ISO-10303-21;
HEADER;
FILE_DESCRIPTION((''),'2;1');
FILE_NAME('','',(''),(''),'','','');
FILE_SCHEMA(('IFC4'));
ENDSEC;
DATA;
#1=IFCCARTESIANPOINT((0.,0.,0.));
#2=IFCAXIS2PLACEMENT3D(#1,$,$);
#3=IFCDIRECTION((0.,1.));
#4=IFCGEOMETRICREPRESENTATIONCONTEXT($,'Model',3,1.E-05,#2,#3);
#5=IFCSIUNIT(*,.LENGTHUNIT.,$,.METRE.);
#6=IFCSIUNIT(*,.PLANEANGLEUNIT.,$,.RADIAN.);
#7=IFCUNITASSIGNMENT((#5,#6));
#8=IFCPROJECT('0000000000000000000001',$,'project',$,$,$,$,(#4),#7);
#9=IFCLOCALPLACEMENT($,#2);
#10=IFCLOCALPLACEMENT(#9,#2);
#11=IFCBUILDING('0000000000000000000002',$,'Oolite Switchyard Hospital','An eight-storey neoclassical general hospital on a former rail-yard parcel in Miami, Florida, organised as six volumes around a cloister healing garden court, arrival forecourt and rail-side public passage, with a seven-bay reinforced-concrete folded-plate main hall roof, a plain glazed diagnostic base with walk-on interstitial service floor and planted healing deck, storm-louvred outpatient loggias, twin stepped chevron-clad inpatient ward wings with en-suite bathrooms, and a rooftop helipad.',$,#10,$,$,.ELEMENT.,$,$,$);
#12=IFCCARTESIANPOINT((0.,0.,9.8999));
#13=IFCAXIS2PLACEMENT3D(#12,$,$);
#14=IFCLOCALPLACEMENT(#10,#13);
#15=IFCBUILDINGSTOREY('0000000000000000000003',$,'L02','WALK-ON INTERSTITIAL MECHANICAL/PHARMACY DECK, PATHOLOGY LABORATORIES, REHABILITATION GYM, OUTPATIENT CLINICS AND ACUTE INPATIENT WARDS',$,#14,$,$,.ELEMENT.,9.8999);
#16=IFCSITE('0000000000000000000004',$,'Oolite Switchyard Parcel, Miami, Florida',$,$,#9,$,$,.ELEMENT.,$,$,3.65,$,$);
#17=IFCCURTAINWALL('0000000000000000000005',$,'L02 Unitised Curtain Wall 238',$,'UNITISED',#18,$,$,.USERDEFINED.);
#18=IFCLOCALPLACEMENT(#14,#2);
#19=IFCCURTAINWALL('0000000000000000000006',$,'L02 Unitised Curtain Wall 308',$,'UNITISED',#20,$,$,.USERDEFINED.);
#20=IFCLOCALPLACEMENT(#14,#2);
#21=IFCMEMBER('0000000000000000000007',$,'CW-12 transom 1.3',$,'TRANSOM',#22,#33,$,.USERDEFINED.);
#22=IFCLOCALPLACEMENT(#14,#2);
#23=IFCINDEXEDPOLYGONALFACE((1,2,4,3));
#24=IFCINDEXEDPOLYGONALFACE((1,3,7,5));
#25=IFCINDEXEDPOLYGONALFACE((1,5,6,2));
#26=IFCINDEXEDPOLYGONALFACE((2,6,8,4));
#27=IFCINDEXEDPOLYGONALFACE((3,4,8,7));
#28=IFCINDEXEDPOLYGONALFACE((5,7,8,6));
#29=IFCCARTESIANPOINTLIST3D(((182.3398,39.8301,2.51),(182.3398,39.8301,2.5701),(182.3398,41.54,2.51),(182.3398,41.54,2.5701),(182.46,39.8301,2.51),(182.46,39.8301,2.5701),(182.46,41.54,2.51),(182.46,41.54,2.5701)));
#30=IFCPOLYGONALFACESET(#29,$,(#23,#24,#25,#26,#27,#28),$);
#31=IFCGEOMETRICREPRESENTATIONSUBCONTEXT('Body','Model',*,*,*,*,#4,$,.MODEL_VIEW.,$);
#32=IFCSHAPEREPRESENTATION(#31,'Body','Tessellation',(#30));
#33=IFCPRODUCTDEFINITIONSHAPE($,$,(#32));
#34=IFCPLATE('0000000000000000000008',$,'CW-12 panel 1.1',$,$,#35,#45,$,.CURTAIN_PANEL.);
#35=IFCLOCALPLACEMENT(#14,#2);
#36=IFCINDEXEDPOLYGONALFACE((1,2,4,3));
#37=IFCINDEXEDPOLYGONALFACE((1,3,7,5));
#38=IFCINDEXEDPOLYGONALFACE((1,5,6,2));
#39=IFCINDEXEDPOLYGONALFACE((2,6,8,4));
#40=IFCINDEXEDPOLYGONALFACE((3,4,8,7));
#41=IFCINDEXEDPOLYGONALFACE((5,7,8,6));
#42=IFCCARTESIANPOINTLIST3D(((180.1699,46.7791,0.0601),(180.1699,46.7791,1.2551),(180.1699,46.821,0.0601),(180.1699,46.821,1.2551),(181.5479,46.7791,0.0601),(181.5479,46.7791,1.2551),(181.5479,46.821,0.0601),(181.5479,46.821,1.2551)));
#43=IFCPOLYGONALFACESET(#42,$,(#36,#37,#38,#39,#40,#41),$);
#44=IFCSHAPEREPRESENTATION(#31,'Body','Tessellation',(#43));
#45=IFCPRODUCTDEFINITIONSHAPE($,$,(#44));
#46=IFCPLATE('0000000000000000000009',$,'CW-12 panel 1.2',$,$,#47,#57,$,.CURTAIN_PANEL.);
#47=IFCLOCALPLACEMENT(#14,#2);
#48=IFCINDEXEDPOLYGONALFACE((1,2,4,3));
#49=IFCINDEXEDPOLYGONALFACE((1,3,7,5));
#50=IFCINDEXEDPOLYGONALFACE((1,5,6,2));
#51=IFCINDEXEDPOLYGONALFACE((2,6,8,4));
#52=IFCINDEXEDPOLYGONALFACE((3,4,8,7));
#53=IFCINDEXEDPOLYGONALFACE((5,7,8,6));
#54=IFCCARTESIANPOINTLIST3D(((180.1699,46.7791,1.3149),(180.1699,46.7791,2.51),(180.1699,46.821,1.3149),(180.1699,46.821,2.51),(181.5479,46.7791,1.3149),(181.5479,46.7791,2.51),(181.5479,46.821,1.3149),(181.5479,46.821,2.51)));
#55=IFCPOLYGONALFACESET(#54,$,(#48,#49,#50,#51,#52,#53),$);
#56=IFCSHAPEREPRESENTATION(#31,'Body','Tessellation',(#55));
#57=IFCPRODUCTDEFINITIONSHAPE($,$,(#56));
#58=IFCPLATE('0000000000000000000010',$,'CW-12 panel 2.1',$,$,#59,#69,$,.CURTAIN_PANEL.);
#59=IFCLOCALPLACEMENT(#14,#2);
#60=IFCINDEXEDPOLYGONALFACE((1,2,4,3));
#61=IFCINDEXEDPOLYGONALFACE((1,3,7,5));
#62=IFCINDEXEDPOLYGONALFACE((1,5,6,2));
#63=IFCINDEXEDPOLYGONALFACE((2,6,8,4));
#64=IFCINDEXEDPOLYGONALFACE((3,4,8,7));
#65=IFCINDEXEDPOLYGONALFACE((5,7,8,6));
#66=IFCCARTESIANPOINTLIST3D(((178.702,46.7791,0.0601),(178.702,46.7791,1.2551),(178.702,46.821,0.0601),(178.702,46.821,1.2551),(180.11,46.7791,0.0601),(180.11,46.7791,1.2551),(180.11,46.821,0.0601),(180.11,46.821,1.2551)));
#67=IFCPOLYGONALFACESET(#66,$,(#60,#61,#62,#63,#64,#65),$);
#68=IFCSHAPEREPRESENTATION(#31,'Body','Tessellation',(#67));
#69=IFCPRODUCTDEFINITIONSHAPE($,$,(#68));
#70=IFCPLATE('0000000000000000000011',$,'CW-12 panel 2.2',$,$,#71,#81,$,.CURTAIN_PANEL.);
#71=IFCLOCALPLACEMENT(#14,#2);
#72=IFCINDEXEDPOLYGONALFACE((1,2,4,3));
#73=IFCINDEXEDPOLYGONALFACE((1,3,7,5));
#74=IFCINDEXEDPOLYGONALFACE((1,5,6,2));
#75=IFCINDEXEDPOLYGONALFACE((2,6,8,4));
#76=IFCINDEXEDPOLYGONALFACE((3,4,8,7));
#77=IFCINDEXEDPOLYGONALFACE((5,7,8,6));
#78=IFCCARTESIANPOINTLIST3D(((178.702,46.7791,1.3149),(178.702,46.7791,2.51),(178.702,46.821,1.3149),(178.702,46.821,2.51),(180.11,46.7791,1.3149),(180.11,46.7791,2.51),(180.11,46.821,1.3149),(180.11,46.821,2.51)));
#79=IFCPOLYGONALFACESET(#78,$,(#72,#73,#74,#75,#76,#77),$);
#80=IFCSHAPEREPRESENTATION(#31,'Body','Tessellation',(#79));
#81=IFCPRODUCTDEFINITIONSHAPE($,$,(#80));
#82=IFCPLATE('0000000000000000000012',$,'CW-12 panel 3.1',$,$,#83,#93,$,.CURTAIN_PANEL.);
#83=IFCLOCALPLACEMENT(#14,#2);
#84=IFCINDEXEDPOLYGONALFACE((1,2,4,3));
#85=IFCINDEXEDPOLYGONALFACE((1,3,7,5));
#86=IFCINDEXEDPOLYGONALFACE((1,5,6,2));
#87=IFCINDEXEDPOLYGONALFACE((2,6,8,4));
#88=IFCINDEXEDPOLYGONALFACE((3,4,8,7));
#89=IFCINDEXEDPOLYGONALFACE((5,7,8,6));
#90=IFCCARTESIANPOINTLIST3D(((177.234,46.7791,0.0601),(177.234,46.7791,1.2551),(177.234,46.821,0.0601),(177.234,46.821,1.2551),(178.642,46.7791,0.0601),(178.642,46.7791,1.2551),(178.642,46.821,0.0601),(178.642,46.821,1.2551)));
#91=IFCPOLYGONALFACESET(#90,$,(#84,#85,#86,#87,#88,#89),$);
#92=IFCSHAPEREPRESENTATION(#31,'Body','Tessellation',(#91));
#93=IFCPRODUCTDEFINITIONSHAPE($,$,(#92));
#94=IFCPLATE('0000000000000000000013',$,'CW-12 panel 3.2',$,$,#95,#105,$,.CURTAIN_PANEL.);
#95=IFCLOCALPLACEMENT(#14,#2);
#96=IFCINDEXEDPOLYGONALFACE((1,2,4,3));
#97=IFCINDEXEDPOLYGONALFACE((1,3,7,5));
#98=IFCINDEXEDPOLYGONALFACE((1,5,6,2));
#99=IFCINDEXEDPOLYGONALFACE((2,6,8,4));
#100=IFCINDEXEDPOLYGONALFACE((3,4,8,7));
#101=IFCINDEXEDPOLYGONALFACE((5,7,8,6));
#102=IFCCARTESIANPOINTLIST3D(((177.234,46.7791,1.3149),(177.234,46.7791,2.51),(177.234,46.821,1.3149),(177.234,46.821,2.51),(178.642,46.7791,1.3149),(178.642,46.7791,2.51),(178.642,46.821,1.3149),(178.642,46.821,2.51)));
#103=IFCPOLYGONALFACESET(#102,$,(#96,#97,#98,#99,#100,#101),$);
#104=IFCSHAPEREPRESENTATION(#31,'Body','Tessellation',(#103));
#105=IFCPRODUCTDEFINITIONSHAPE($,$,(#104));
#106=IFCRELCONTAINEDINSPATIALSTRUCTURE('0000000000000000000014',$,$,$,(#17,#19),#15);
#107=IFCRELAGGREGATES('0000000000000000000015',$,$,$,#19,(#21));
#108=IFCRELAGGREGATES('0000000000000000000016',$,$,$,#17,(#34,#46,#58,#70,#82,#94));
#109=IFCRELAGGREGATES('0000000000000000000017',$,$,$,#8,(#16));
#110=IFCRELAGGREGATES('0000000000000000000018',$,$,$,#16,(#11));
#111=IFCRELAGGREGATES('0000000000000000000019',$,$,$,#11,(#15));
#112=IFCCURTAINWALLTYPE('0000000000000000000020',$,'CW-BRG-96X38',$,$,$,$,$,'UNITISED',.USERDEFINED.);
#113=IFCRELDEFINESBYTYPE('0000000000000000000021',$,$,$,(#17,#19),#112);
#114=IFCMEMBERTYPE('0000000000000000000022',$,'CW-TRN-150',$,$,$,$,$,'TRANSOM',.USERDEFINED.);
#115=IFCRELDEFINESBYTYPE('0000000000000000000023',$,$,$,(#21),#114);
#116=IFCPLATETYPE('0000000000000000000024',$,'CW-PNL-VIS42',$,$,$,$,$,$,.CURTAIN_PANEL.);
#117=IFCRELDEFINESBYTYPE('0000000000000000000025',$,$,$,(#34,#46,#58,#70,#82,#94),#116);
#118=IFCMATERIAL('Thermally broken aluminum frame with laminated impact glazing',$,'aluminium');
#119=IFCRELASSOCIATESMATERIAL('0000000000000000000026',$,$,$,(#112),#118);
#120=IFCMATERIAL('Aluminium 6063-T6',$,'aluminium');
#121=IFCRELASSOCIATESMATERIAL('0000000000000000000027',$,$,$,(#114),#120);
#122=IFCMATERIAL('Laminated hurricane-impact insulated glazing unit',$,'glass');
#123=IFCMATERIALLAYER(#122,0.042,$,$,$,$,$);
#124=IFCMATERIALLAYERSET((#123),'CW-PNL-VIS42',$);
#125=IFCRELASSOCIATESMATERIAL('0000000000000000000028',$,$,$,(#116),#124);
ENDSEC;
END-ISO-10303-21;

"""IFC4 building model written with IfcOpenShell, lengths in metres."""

from ifc_helpers import new_model, si_unit, direction, frame, origin, origin_2d, place, context, subcontext, project, spatial, rectangle, extrude, material, layer, layer_set, material_profile, profile_set, type_object, element, aggregate, save


model = new_model("IFC4")

# Units and contexts
model_context = context("Model", 3, precision=1e-05, world=origin(), true_north=direction((0.0, 1.0)))
body_context = subcontext(model_context, "Body", "Model", "MODEL_VIEW")
ifc_project = project(units=[si_unit("LENGTHUNIT", "METRE"), si_unit("PLANEANGLEUNIT", "RADIAN")], contexts=[model_context])

# Site, building, storey
site_placement = place(None, origin())
site = spatial("IfcSite", under=ifc_project, at=site_placement, Name="Oolite Switchyard Parcel, Miami, Florida", CompositionType="ELEMENT", RefElevation=3.65)
building_placement = place(site_placement, origin())
building = spatial("IfcBuilding", under=site, at=building_placement, Name="Oolite Switchyard Hospital", Description="An eight-storey neoclassical general hospital on a former rail-yard parcel in Miami, Florida, organised as six volumes around a cloister healing garden court, arrival forecourt and rail-side public passage, with a seven-bay reinforced-concrete folded-plate main hall roof, a plain glazed diagnostic base with walk-on interstitial service floor and planted healing deck, storm-louvred outpatient loggias, twin stepped chevron-clad inpatient ward wings with en-suite bathrooms, and a rooftop helipad.", CompositionType="ELEMENT")
storey_placement = place(building_placement, frame((0.0, 0.0, 9.8999)))
storey = spatial("IfcBuildingStorey", under=building, at=storey_placement, Name="L02", Description="WALK-ON INTERSTITIAL MECHANICAL/PHARMACY DECK, PATHOLOGY LABORATORIES, REHABILITATION GYM, OUTPATIENT CLINICS AND ACUTE INPATIENT WARDS", CompositionType="ELEMENT", Elevation=9.8999)

# Curtain wall
ifc_material_1 = material(Name="Thermally broken aluminum frame with laminated impact glazing", Category="aluminium")
curtain_wall_type = type_object("IfcCurtainWallType", Name="CW-BRG-96X38", ElementType="UNITISED", PredefinedType="USERDEFINED", material=ifc_material_1)
curtain_wall_1_placement = place(storey_placement, origin())
curtain_wall_1 = element("IfcCurtainWall", 1, at=curtain_wall_1_placement, inside=storey, type_object=curtain_wall_type, Name="L02 Unitised Curtain Wall 238", ObjectType="UNITISED", PredefinedType="USERDEFINED")
ifc_material_2 = material(Name="Aluminium 6063-T6", Category="aluminium")
ifc_material_profile_1 = material_profile(ifc_material_2, rectangle(XDim=0.1201, YDim=0.0601, at=origin_2d()), Name="CWT60X120")
ifc_profile_set_1 = profile_set([ifc_material_profile_1], Name="Aluminium 6063-T6")
member_type_1 = type_object("IfcMemberType", Name="CW-TRN-150", ElementType="TRANSOM", PredefinedType="USERDEFINED", material=ifc_profile_set_1)

# Curtain wall, member
curtain_wall_2_placement = place(storey_placement, origin())
curtain_wall_2 = element("IfcCurtainWall", 2, at=curtain_wall_2_placement, inside=storey, type_object=curtain_wall_type, Name="L02 Unitised Curtain Wall 308", ObjectType="UNITISED", PredefinedType="USERDEFINED")
member_1_placement = place(storey_placement, frame((182.3999, 39.8301, 2.54), z_axis=(0.0, 1.0, 0.0), x_axis=(-1.0, 0.0, 0.0)))
member_1 = element("IfcMember", 3, at=member_1_placement, type_object=member_type_1, Name="CW-12 transom 1.3", ObjectType="TRANSOM", PredefinedType="USERDEFINED", context=body_context, shape_type="SweptSolid", body=[
    extrude(rectangle(XDim=0.1201, YDim=0.0601, at=origin_2d()), origin(), (0.0, 0.0, 1.0), 1.71),
])
aggregate(curtain_wall_2, [member_1])

# Plates
ifc_material_3 = material(Name="Laminated hurricane-impact insulated glazing unit", Category="glass")
ifc_layer = layer(ifc_material_3, 0.042)
ifc_layer_set = layer_set([ifc_layer], Name="CW-PNL-VIS42")
plate_type = type_object("IfcPlateType", Name="CW-PNL-VIS42", PredefinedType="CURTAIN_PANEL", material=ifc_layer_set)
plate_1_placement = place(storey_placement, frame((180.8589, 46.8, 0.0601), z_axis=(0.0, 0.0, 1.0), x_axis=(-1.0, 0.0, 0.0)))
plate_1 = element("IfcPlate", 4, at=plate_1_placement, type_object=plate_type, Name="CW-12 panel 1.1", PredefinedType="CURTAIN_PANEL", context=body_context, shape_type="SweptSolid", body=[
    extrude(rectangle(XDim=1.3779, YDim=0.042, at=origin_2d()), origin(), (0.0, 0.0, 1.0), 1.1951),
])
plate_2_placement = place(storey_placement, frame((180.8589, 46.8, 1.3149), z_axis=(0.0, 0.0, 1.0), x_axis=(-1.0, 0.0, 0.0)))
plate_2 = element("IfcPlate", 5, at=plate_2_placement, type_object=plate_type, Name="CW-12 panel 1.2", PredefinedType="CURTAIN_PANEL", context=body_context, shape_type="SweptSolid", body=[
    extrude(rectangle(XDim=1.3779, YDim=0.042, at=origin_2d()), origin(), (0.0, 0.0, 1.0), 1.1951),
])
plate_3_placement = place(storey_placement, frame((179.406, 46.8, 0.0601), z_axis=(0.0, 0.0, 1.0), x_axis=(-1.0, 0.0, 0.0)))
plate_3 = element("IfcPlate", 6, at=plate_3_placement, type_object=plate_type, Name="CW-12 panel 2.1", PredefinedType="CURTAIN_PANEL", context=body_context, shape_type="SweptSolid", body=[
    extrude(rectangle(XDim=1.408, YDim=0.042, at=origin_2d()), origin(), (0.0, 0.0, 1.0), 1.1951),
])
plate_4_placement = place(storey_placement, frame((179.406, 46.8, 1.3149), z_axis=(0.0, 0.0, 1.0), x_axis=(-1.0, 0.0, 0.0)))
plate_4 = element("IfcPlate", 7, at=plate_4_placement, type_object=plate_type, Name="CW-12 panel 2.2", PredefinedType="CURTAIN_PANEL", context=body_context, shape_type="SweptSolid", body=[
    extrude(rectangle(XDim=1.408, YDim=0.042, at=origin_2d()), origin(), (0.0, 0.0, 1.0), 1.1951),
])
plate_5_placement = place(storey_placement, frame((177.938, 46.8, 0.0601), z_axis=(0.0, 0.0, 1.0), x_axis=(-1.0, 0.0, 0.0)))
plate_5 = element("IfcPlate", 8, at=plate_5_placement, type_object=plate_type, Name="CW-12 panel 3.1", PredefinedType="CURTAIN_PANEL", context=body_context, shape_type="SweptSolid", body=[
    extrude(rectangle(XDim=1.408, YDim=0.042, at=origin_2d()), origin(), (0.0, 0.0, 1.0), 1.1951),
])
plate_6_placement = place(storey_placement, frame((177.938, 46.8, 1.3149), z_axis=(0.0, 0.0, 1.0), x_axis=(-1.0, 0.0, 0.0)))
plate_6 = element("IfcPlate", 9, at=plate_6_placement, type_object=plate_type, Name="CW-12 panel 3.2", PredefinedType="CURTAIN_PANEL", context=body_context, shape_type="SweptSolid", body=[
    extrude(rectangle(XDim=1.408, YDim=0.042, at=origin_2d()), origin(), (0.0, 0.0, 1.0), 1.1951),
])
aggregate(curtain_wall_1, [plate_1, plate_2, plate_3, plate_4, plate_5, plate_6])

save(model, "model.ifc")
